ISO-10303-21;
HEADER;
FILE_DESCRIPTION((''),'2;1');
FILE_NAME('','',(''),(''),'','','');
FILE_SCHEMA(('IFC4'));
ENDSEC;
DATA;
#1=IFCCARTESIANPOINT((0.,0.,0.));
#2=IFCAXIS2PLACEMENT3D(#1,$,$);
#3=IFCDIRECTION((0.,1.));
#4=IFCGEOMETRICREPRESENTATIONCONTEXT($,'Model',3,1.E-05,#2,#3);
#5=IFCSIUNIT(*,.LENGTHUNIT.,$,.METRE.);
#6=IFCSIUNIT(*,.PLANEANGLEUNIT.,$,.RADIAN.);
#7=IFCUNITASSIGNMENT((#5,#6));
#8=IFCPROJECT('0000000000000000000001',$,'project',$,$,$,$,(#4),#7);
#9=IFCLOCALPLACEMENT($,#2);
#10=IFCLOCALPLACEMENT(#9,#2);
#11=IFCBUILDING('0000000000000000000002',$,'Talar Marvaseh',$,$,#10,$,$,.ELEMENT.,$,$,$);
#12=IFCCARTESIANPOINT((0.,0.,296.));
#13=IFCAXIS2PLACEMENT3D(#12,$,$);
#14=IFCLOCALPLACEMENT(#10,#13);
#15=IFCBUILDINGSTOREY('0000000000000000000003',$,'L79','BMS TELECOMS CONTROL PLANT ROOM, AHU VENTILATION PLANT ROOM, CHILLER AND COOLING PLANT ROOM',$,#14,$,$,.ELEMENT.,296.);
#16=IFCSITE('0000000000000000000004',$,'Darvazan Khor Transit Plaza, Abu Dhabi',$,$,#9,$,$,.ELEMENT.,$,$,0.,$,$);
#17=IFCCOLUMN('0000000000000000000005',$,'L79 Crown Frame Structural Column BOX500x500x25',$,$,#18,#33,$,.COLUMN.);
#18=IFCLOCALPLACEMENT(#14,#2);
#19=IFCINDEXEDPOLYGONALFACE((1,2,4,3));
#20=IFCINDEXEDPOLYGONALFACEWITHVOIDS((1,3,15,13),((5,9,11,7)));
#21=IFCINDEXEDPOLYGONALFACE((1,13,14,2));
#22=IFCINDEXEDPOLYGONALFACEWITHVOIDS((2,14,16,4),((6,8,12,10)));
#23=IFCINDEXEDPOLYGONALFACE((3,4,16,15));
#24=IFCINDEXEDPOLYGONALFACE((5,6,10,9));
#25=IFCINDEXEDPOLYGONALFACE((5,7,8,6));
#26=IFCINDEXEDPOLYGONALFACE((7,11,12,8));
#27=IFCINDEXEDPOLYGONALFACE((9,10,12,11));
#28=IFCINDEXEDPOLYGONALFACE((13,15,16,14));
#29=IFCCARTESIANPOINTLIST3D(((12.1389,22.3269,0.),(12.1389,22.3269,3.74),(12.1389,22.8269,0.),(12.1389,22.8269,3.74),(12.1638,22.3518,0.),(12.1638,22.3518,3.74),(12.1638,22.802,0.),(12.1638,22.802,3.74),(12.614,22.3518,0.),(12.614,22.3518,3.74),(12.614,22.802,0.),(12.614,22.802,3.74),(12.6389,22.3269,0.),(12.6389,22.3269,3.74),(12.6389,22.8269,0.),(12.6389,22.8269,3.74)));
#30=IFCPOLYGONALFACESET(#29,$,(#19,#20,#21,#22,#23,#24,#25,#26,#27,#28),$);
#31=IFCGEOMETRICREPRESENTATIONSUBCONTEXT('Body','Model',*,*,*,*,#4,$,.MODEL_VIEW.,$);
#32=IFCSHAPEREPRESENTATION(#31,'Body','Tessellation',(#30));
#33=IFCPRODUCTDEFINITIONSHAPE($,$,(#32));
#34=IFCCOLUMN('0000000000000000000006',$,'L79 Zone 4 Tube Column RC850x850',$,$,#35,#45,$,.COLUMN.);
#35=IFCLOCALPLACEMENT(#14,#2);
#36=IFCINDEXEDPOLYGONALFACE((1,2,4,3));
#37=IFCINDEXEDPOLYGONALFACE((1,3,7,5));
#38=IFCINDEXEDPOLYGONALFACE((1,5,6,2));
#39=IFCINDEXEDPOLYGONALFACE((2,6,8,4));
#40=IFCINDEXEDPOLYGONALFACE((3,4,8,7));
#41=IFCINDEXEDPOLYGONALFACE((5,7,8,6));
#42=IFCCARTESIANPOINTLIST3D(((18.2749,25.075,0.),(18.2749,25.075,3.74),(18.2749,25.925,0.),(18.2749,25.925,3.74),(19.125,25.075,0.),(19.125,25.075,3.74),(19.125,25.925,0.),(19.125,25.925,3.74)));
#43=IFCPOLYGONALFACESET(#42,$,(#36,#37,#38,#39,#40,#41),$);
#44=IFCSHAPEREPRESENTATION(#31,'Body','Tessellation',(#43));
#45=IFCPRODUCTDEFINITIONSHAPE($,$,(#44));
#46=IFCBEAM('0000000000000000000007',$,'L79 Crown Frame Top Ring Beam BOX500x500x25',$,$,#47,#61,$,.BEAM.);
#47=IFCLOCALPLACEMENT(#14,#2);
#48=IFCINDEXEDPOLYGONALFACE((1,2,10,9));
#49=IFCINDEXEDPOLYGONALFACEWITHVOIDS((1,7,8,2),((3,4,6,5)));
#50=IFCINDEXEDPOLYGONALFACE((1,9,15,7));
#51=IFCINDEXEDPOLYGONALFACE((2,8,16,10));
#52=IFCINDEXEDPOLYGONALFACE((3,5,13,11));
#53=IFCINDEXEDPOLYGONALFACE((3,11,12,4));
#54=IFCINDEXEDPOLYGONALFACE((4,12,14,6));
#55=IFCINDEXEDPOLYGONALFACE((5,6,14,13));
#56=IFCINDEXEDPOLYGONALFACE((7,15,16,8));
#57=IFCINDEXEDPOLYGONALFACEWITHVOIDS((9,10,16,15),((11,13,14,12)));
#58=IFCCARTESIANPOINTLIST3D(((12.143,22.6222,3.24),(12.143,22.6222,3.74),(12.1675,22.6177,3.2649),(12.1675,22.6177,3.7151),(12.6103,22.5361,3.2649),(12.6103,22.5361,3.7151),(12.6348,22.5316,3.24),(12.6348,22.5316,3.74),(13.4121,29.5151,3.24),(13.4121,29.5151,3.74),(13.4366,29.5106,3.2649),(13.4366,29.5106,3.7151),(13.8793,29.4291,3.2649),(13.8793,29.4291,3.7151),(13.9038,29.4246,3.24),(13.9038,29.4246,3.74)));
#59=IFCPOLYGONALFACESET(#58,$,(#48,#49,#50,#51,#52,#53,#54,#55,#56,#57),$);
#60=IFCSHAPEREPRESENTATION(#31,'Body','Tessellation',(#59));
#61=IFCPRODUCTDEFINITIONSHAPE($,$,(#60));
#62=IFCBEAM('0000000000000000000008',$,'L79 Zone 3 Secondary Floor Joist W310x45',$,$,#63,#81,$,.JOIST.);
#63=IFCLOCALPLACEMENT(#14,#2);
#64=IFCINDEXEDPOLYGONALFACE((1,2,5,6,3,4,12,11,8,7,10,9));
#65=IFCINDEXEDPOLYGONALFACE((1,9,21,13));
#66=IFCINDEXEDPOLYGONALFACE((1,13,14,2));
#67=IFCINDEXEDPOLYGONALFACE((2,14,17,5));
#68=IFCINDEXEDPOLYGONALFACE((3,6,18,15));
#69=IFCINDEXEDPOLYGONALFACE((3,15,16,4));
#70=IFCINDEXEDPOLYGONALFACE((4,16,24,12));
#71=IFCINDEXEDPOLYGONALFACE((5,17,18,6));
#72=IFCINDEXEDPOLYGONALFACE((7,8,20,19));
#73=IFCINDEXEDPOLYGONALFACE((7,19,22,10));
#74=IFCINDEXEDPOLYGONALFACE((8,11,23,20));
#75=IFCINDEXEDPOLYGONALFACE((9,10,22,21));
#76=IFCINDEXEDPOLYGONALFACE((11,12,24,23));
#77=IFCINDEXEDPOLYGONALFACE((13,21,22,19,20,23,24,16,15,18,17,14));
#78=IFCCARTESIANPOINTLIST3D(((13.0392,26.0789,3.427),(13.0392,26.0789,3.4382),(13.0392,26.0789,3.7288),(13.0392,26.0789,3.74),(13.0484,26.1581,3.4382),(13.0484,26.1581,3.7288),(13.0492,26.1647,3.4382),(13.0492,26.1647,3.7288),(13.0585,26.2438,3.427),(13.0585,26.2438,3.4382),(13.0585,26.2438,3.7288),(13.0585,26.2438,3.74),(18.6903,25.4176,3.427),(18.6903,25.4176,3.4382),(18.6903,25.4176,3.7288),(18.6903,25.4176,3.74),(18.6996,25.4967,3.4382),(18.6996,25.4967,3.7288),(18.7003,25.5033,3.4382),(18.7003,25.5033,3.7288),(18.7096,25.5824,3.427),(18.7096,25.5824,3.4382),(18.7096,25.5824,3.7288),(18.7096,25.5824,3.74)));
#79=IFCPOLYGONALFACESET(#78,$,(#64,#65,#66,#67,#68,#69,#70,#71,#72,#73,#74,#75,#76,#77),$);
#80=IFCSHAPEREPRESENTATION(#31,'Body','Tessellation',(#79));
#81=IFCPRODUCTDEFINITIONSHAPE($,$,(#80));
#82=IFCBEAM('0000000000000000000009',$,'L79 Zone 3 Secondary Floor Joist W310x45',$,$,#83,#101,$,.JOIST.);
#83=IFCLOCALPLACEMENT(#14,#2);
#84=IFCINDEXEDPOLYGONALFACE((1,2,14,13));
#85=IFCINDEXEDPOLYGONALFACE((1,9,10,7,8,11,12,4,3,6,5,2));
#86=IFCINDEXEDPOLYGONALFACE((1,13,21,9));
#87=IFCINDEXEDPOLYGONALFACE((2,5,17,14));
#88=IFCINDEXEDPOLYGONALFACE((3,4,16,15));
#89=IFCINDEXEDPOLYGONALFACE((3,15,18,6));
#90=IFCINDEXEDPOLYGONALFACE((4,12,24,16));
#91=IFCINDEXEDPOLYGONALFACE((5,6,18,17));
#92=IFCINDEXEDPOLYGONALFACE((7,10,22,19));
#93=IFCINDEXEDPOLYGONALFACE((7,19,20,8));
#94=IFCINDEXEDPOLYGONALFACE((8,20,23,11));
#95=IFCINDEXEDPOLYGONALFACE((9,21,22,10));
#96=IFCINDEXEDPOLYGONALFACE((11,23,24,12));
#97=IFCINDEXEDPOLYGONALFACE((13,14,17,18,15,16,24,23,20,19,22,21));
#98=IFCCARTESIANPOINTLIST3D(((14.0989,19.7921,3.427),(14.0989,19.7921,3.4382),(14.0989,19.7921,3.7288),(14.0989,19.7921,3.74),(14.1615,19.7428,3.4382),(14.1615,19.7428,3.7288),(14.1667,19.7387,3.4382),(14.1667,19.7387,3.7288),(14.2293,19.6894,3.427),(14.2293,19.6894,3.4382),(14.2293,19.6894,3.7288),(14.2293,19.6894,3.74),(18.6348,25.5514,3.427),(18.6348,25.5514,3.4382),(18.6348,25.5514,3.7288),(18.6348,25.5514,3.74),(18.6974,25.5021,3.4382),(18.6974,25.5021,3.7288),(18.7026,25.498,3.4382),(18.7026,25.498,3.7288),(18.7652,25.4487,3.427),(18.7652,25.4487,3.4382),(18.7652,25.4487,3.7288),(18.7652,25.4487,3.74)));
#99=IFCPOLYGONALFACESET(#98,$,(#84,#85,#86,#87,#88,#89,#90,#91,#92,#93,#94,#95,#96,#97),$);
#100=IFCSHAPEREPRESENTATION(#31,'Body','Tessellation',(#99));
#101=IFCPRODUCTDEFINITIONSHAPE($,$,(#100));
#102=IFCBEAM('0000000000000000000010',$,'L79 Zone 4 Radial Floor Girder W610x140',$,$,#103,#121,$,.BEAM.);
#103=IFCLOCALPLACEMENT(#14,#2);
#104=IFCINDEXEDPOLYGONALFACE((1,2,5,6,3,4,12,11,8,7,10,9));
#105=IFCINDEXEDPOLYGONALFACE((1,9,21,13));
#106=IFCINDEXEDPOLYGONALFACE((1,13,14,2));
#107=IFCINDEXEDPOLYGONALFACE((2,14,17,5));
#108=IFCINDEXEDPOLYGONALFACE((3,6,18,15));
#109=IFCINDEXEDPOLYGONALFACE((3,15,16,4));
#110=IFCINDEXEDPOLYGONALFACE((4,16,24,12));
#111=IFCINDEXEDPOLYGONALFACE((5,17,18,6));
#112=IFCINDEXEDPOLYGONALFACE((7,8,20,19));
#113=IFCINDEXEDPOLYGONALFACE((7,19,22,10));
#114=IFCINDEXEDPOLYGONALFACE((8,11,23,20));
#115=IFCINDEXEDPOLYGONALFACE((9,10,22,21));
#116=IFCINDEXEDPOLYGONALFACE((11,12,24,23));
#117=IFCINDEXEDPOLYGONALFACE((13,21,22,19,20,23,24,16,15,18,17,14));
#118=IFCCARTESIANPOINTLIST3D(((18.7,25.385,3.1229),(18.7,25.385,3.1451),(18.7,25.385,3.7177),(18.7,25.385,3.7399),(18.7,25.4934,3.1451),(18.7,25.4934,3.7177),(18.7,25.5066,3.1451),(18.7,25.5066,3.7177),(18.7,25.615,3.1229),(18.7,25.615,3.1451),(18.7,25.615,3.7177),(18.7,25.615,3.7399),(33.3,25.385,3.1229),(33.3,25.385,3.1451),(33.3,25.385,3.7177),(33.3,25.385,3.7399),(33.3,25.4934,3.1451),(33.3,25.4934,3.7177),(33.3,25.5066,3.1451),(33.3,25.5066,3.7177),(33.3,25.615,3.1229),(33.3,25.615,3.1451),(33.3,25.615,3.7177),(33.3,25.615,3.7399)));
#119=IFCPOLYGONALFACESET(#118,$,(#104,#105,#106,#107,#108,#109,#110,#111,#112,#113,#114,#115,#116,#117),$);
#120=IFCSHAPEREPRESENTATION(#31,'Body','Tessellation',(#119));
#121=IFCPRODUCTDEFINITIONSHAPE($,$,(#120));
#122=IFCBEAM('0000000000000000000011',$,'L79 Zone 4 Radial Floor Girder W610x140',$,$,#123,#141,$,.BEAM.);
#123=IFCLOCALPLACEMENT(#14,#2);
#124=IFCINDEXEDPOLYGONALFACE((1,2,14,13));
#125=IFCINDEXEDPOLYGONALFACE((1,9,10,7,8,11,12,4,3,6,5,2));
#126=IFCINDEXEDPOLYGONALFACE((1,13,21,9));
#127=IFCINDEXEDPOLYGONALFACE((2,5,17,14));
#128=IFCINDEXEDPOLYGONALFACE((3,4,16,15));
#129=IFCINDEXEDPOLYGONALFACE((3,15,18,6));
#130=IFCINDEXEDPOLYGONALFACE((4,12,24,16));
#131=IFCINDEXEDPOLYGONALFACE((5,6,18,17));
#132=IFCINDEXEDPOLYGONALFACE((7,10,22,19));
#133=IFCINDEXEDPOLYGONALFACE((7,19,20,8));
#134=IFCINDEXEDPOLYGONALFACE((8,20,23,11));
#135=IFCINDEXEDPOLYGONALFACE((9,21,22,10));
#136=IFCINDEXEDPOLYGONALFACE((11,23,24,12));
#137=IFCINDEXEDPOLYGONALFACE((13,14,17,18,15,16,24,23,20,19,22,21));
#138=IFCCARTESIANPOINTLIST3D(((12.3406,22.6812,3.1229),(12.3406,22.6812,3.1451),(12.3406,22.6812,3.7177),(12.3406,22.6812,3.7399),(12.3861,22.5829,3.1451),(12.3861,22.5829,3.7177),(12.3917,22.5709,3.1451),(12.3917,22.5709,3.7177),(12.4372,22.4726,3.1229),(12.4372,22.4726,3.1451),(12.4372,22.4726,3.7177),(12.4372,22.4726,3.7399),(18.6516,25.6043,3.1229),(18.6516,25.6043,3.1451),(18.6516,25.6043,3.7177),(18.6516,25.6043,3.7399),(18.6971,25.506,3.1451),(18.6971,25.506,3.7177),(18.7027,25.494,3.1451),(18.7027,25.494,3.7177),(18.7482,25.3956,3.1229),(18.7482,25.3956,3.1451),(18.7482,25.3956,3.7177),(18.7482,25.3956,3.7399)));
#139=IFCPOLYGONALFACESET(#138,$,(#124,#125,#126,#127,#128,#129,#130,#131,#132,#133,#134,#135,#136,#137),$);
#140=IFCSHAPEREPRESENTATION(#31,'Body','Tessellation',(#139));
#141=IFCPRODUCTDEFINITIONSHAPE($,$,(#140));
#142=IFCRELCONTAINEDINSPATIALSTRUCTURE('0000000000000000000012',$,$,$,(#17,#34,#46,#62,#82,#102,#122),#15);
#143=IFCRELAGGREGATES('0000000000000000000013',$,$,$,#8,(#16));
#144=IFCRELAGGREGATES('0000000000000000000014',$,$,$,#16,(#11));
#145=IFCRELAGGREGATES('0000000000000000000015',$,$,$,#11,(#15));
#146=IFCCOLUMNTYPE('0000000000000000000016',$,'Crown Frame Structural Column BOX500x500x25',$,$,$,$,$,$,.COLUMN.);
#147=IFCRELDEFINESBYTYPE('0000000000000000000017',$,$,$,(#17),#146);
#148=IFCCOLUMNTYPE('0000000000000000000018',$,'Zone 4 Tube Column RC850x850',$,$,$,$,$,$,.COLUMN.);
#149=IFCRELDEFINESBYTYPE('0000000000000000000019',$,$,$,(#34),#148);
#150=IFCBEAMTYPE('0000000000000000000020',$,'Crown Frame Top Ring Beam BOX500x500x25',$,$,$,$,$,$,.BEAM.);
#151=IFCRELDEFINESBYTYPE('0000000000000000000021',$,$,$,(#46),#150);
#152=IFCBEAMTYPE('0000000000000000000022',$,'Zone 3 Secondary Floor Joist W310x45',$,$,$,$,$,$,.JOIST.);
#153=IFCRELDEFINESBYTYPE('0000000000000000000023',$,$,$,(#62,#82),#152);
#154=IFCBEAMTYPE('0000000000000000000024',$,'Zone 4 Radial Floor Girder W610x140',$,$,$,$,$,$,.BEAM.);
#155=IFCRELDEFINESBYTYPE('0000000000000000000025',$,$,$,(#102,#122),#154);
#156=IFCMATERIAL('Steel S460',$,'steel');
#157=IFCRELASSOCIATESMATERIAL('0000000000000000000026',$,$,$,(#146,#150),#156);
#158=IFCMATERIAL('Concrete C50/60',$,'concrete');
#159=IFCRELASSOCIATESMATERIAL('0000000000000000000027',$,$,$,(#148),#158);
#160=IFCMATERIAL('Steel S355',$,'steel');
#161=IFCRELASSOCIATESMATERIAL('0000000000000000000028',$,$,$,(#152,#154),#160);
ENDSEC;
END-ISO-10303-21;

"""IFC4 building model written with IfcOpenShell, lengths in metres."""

from ifc_helpers import new_model, si_unit, direction, frame, origin, origin_2d, place, context, subcontext, project, spatial, rectangle, hollow_rectangle, i_section, extrude, material, material_profile, profile_set, type_object, element, save


model = new_model("IFC4")

# Units and contexts
model_context = context("Model", 3, precision=1e-05, world=origin(), true_north=direction((0.0, 1.0)))
body_context = subcontext(model_context, "Body", "Model", "MODEL_VIEW")
ifc_project = project(units=[si_unit("LENGTHUNIT", "METRE"), si_unit("PLANEANGLEUNIT", "RADIAN")], contexts=[model_context])

# Site, building, storey
site_placement = place(None, origin())
site = spatial("IfcSite", under=ifc_project, at=site_placement, Name="Darvazan Khor Transit Plaza, Abu Dhabi", CompositionType="ELEMENT", RefElevation=0.0)
building_placement = place(site_placement, origin())
building = spatial("IfcBuilding", under=site, at=building_placement, Name="Talar Marvaseh", CompositionType="ELEMENT")
storey_placement = place(building_placement, frame((0.0, 0.0, 296.0)))
storey = spatial("IfcBuildingStorey", under=building, at=storey_placement, Name="L79", Description="BMS TELECOMS CONTROL PLANT ROOM, AHU VENTILATION PLANT ROOM, CHILLER AND COOLING PLANT ROOM", CompositionType="ELEMENT", Elevation=296.0)

# Columns
ifc_material_1 = material(Name="Steel S460", Category="steel")
ifc_material_profile_1 = material_profile(ifc_material_1, hollow_rectangle(XDim=0.5, YDim=0.5, WallThickness=0.0249, at=origin_2d()), Name="BOX500x500x25")
ifc_profile_set_1 = profile_set([ifc_material_profile_1], Name="Steel S460")
column_type_1 = type_object("IfcColumnType", Name="Crown Frame Structural Column BOX500x500x25", PredefinedType="COLUMN", material=ifc_profile_set_1)
column_1_placement = place(storey_placement, frame((12.3889, 22.5769, 0.0), z_axis=(0.0, 0.0, 1.0), x_axis=(1.0, 0.0, 0.0)))
element("IfcColumn", 1, at=column_1_placement, inside=storey, type_object=column_type_1, Name="L79 Crown Frame Structural Column BOX500x500x25", PredefinedType="COLUMN", context=body_context, shape_type="SweptSolid", body=[
    extrude(hollow_rectangle(XDim=0.5, YDim=0.5, WallThickness=0.0249, at=origin_2d()), origin(), (0.0, 0.0, 1.0), 3.74),
])
ifc_material_2 = material(Name="Concrete C50/60", Category="concrete")
ifc_material_profile_2 = material_profile(ifc_material_2, rectangle(XDim=0.8501, YDim=0.8501, at=origin_2d()), Name="RC850x850")
ifc_profile_set_2 = profile_set([ifc_material_profile_2], Name="Concrete C50/60")
column_type_2 = type_object("IfcColumnType", Name="Zone 4 Tube Column RC850x850", PredefinedType="COLUMN", material=ifc_profile_set_2)
column_2_placement = place(storey_placement, frame((18.7, 25.5, 0.0), z_axis=(0.0, 0.0, 1.0), x_axis=(1.0, 0.0, 0.0)))
element("IfcColumn", 2, at=column_2_placement, inside=storey, type_object=column_type_2, Name="L79 Zone 4 Tube Column RC850x850", PredefinedType="COLUMN", context=body_context, shape_type="SweptSolid", body=[
    extrude(rectangle(XDim=0.8501, YDim=0.8501, at=origin_2d()), origin(), (0.0, 0.0, 1.0), 3.74),
])

# Beams
ifc_material_profile_3 = material_profile(ifc_material_1, hollow_rectangle(XDim=0.5, YDim=0.5, WallThickness=0.0249, at=origin_2d()), Name="BOX500x500x25")
ifc_profile_set_3 = profile_set([ifc_material_profile_3], Name="Steel S460")
beam_type_1 = type_object("IfcBeamType", Name="Crown Frame Top Ring Beam BOX500x500x25", PredefinedType="BEAM", material=ifc_profile_set_3)
beam_1_placement = place(storey_placement, frame((12.3889, 22.5769, 3.49), z_axis=(0.181061, 0.983472, 0.0), x_axis=(-0.983472, 0.181061, 0.0)))
element("IfcBeam", 3, at=beam_1_placement, inside=storey, type_object=beam_type_1, Name="L79 Crown Frame Top Ring Beam BOX500x500x25", PredefinedType="BEAM", context=body_context, shape_type="SweptSolid", body=[
    extrude(hollow_rectangle(XDim=0.5, YDim=0.5, WallThickness=0.0249, at=origin_2d()), origin(), (0.0, 0.0, 1.0), 7.0088),
])
ifc_material_3 = material(Name="Steel S355", Category="steel")
ifc_material_profile_4 = material_profile(ifc_material_3, i_section(OverallWidth=0.166, OverallDepth=0.313, WebThickness=0.0066, FlangeThickness=0.0112, at=origin_2d()), Name="W310x45")
ifc_profile_set_4 = profile_set([ifc_material_profile_4], Name="Steel S355")
beam_type_2 = type_object("IfcBeamType", Name="Zone 3 Secondary Floor Joist W310x45", PredefinedType="JOIST", material=ifc_profile_set_4)
beam_2_placement = place(storey_placement, frame((13.0488, 26.1614, 3.5835), z_axis=(0.993221, -0.116241, 0.0), x_axis=(0.116241, 0.993221, 0.0)))
element("IfcBeam", 4, at=beam_2_placement, inside=storey, type_object=beam_type_2, Name="L79 Zone 3 Secondary Floor Joist W310x45", PredefinedType="JOIST", context=body_context, shape_type="SweptSolid", body=[
    extrude(i_section(OverallWidth=0.166, OverallDepth=0.313, WebThickness=0.0066, FlangeThickness=0.0112, at=origin_2d()), origin(), (0.0, 0.0, 1.0), 5.6897),
])
beam_3_placement = place(storey_placement, frame((14.1641, 19.7407, 3.5835), z_axis=(0.618727, 0.785606, 0.0), x_axis=(-0.785606, 0.618727, 0.0)))
element("IfcBeam", 5, at=beam_3_placement, inside=storey, type_object=beam_type_2, Name="L79 Zone 3 Secondary Floor Joist W310x45", PredefinedType="JOIST", context=body_context, shape_type="SweptSolid", body=[
    extrude(i_section(OverallWidth=0.166, OverallDepth=0.313, WebThickness=0.0066, FlangeThickness=0.0112, at=origin_2d()), origin(), (0.0, 0.0, 1.0), 7.3311),
])
ifc_material_profile_5 = material_profile(ifc_material_3, i_section(OverallWidth=0.23, OverallDepth=0.6169, WebThickness=0.0132, FlangeThickness=0.0222, at=origin_2d()), Name="W610x140")
ifc_profile_set_5 = profile_set([ifc_material_profile_5], Name="Steel S355")
beam_type_3 = type_object("IfcBeamType", Name="Zone 4 Radial Floor Girder W610x140", PredefinedType="BEAM", material=ifc_profile_set_5)
beam_4_placement = place(storey_placement, frame((18.7, 25.5, 3.4314), z_axis=(1.0, 0.0, 0.0), x_axis=(0.0, 1.0, 0.0)))
element("IfcBeam", 6, at=beam_4_placement, inside=storey, type_object=beam_type_3, Name="L79 Zone 4 Radial Floor Girder W610x140", PredefinedType="BEAM", context=body_context, shape_type="SweptSolid", body=[
    extrude(i_section(OverallWidth=0.23, OverallDepth=0.6169, WebThickness=0.0132, FlangeThickness=0.0222, at=origin_2d()), origin(), (0.0, 0.0, 1.0), 14.6001),
])
beam_5_placement = place(storey_placement, frame((12.3889, 22.5769, 3.4314), z_axis=(0.907395, 0.42028, 0.0), x_axis=(-0.42028, 0.907395, 0.0)))
element("IfcBeam", 7, at=beam_5_placement, inside=storey, type_object=beam_type_3, Name="L79 Zone 4 Radial Floor Girder W610x140", PredefinedType="BEAM", context=body_context, shape_type="SweptSolid", body=[
    extrude(i_section(OverallWidth=0.23, OverallDepth=0.6169, WebThickness=0.0132, FlangeThickness=0.0222, at=origin_2d()), origin(), (0.0, 0.0, 1.0), 6.9551),
])

save(model, "model.ifc")
